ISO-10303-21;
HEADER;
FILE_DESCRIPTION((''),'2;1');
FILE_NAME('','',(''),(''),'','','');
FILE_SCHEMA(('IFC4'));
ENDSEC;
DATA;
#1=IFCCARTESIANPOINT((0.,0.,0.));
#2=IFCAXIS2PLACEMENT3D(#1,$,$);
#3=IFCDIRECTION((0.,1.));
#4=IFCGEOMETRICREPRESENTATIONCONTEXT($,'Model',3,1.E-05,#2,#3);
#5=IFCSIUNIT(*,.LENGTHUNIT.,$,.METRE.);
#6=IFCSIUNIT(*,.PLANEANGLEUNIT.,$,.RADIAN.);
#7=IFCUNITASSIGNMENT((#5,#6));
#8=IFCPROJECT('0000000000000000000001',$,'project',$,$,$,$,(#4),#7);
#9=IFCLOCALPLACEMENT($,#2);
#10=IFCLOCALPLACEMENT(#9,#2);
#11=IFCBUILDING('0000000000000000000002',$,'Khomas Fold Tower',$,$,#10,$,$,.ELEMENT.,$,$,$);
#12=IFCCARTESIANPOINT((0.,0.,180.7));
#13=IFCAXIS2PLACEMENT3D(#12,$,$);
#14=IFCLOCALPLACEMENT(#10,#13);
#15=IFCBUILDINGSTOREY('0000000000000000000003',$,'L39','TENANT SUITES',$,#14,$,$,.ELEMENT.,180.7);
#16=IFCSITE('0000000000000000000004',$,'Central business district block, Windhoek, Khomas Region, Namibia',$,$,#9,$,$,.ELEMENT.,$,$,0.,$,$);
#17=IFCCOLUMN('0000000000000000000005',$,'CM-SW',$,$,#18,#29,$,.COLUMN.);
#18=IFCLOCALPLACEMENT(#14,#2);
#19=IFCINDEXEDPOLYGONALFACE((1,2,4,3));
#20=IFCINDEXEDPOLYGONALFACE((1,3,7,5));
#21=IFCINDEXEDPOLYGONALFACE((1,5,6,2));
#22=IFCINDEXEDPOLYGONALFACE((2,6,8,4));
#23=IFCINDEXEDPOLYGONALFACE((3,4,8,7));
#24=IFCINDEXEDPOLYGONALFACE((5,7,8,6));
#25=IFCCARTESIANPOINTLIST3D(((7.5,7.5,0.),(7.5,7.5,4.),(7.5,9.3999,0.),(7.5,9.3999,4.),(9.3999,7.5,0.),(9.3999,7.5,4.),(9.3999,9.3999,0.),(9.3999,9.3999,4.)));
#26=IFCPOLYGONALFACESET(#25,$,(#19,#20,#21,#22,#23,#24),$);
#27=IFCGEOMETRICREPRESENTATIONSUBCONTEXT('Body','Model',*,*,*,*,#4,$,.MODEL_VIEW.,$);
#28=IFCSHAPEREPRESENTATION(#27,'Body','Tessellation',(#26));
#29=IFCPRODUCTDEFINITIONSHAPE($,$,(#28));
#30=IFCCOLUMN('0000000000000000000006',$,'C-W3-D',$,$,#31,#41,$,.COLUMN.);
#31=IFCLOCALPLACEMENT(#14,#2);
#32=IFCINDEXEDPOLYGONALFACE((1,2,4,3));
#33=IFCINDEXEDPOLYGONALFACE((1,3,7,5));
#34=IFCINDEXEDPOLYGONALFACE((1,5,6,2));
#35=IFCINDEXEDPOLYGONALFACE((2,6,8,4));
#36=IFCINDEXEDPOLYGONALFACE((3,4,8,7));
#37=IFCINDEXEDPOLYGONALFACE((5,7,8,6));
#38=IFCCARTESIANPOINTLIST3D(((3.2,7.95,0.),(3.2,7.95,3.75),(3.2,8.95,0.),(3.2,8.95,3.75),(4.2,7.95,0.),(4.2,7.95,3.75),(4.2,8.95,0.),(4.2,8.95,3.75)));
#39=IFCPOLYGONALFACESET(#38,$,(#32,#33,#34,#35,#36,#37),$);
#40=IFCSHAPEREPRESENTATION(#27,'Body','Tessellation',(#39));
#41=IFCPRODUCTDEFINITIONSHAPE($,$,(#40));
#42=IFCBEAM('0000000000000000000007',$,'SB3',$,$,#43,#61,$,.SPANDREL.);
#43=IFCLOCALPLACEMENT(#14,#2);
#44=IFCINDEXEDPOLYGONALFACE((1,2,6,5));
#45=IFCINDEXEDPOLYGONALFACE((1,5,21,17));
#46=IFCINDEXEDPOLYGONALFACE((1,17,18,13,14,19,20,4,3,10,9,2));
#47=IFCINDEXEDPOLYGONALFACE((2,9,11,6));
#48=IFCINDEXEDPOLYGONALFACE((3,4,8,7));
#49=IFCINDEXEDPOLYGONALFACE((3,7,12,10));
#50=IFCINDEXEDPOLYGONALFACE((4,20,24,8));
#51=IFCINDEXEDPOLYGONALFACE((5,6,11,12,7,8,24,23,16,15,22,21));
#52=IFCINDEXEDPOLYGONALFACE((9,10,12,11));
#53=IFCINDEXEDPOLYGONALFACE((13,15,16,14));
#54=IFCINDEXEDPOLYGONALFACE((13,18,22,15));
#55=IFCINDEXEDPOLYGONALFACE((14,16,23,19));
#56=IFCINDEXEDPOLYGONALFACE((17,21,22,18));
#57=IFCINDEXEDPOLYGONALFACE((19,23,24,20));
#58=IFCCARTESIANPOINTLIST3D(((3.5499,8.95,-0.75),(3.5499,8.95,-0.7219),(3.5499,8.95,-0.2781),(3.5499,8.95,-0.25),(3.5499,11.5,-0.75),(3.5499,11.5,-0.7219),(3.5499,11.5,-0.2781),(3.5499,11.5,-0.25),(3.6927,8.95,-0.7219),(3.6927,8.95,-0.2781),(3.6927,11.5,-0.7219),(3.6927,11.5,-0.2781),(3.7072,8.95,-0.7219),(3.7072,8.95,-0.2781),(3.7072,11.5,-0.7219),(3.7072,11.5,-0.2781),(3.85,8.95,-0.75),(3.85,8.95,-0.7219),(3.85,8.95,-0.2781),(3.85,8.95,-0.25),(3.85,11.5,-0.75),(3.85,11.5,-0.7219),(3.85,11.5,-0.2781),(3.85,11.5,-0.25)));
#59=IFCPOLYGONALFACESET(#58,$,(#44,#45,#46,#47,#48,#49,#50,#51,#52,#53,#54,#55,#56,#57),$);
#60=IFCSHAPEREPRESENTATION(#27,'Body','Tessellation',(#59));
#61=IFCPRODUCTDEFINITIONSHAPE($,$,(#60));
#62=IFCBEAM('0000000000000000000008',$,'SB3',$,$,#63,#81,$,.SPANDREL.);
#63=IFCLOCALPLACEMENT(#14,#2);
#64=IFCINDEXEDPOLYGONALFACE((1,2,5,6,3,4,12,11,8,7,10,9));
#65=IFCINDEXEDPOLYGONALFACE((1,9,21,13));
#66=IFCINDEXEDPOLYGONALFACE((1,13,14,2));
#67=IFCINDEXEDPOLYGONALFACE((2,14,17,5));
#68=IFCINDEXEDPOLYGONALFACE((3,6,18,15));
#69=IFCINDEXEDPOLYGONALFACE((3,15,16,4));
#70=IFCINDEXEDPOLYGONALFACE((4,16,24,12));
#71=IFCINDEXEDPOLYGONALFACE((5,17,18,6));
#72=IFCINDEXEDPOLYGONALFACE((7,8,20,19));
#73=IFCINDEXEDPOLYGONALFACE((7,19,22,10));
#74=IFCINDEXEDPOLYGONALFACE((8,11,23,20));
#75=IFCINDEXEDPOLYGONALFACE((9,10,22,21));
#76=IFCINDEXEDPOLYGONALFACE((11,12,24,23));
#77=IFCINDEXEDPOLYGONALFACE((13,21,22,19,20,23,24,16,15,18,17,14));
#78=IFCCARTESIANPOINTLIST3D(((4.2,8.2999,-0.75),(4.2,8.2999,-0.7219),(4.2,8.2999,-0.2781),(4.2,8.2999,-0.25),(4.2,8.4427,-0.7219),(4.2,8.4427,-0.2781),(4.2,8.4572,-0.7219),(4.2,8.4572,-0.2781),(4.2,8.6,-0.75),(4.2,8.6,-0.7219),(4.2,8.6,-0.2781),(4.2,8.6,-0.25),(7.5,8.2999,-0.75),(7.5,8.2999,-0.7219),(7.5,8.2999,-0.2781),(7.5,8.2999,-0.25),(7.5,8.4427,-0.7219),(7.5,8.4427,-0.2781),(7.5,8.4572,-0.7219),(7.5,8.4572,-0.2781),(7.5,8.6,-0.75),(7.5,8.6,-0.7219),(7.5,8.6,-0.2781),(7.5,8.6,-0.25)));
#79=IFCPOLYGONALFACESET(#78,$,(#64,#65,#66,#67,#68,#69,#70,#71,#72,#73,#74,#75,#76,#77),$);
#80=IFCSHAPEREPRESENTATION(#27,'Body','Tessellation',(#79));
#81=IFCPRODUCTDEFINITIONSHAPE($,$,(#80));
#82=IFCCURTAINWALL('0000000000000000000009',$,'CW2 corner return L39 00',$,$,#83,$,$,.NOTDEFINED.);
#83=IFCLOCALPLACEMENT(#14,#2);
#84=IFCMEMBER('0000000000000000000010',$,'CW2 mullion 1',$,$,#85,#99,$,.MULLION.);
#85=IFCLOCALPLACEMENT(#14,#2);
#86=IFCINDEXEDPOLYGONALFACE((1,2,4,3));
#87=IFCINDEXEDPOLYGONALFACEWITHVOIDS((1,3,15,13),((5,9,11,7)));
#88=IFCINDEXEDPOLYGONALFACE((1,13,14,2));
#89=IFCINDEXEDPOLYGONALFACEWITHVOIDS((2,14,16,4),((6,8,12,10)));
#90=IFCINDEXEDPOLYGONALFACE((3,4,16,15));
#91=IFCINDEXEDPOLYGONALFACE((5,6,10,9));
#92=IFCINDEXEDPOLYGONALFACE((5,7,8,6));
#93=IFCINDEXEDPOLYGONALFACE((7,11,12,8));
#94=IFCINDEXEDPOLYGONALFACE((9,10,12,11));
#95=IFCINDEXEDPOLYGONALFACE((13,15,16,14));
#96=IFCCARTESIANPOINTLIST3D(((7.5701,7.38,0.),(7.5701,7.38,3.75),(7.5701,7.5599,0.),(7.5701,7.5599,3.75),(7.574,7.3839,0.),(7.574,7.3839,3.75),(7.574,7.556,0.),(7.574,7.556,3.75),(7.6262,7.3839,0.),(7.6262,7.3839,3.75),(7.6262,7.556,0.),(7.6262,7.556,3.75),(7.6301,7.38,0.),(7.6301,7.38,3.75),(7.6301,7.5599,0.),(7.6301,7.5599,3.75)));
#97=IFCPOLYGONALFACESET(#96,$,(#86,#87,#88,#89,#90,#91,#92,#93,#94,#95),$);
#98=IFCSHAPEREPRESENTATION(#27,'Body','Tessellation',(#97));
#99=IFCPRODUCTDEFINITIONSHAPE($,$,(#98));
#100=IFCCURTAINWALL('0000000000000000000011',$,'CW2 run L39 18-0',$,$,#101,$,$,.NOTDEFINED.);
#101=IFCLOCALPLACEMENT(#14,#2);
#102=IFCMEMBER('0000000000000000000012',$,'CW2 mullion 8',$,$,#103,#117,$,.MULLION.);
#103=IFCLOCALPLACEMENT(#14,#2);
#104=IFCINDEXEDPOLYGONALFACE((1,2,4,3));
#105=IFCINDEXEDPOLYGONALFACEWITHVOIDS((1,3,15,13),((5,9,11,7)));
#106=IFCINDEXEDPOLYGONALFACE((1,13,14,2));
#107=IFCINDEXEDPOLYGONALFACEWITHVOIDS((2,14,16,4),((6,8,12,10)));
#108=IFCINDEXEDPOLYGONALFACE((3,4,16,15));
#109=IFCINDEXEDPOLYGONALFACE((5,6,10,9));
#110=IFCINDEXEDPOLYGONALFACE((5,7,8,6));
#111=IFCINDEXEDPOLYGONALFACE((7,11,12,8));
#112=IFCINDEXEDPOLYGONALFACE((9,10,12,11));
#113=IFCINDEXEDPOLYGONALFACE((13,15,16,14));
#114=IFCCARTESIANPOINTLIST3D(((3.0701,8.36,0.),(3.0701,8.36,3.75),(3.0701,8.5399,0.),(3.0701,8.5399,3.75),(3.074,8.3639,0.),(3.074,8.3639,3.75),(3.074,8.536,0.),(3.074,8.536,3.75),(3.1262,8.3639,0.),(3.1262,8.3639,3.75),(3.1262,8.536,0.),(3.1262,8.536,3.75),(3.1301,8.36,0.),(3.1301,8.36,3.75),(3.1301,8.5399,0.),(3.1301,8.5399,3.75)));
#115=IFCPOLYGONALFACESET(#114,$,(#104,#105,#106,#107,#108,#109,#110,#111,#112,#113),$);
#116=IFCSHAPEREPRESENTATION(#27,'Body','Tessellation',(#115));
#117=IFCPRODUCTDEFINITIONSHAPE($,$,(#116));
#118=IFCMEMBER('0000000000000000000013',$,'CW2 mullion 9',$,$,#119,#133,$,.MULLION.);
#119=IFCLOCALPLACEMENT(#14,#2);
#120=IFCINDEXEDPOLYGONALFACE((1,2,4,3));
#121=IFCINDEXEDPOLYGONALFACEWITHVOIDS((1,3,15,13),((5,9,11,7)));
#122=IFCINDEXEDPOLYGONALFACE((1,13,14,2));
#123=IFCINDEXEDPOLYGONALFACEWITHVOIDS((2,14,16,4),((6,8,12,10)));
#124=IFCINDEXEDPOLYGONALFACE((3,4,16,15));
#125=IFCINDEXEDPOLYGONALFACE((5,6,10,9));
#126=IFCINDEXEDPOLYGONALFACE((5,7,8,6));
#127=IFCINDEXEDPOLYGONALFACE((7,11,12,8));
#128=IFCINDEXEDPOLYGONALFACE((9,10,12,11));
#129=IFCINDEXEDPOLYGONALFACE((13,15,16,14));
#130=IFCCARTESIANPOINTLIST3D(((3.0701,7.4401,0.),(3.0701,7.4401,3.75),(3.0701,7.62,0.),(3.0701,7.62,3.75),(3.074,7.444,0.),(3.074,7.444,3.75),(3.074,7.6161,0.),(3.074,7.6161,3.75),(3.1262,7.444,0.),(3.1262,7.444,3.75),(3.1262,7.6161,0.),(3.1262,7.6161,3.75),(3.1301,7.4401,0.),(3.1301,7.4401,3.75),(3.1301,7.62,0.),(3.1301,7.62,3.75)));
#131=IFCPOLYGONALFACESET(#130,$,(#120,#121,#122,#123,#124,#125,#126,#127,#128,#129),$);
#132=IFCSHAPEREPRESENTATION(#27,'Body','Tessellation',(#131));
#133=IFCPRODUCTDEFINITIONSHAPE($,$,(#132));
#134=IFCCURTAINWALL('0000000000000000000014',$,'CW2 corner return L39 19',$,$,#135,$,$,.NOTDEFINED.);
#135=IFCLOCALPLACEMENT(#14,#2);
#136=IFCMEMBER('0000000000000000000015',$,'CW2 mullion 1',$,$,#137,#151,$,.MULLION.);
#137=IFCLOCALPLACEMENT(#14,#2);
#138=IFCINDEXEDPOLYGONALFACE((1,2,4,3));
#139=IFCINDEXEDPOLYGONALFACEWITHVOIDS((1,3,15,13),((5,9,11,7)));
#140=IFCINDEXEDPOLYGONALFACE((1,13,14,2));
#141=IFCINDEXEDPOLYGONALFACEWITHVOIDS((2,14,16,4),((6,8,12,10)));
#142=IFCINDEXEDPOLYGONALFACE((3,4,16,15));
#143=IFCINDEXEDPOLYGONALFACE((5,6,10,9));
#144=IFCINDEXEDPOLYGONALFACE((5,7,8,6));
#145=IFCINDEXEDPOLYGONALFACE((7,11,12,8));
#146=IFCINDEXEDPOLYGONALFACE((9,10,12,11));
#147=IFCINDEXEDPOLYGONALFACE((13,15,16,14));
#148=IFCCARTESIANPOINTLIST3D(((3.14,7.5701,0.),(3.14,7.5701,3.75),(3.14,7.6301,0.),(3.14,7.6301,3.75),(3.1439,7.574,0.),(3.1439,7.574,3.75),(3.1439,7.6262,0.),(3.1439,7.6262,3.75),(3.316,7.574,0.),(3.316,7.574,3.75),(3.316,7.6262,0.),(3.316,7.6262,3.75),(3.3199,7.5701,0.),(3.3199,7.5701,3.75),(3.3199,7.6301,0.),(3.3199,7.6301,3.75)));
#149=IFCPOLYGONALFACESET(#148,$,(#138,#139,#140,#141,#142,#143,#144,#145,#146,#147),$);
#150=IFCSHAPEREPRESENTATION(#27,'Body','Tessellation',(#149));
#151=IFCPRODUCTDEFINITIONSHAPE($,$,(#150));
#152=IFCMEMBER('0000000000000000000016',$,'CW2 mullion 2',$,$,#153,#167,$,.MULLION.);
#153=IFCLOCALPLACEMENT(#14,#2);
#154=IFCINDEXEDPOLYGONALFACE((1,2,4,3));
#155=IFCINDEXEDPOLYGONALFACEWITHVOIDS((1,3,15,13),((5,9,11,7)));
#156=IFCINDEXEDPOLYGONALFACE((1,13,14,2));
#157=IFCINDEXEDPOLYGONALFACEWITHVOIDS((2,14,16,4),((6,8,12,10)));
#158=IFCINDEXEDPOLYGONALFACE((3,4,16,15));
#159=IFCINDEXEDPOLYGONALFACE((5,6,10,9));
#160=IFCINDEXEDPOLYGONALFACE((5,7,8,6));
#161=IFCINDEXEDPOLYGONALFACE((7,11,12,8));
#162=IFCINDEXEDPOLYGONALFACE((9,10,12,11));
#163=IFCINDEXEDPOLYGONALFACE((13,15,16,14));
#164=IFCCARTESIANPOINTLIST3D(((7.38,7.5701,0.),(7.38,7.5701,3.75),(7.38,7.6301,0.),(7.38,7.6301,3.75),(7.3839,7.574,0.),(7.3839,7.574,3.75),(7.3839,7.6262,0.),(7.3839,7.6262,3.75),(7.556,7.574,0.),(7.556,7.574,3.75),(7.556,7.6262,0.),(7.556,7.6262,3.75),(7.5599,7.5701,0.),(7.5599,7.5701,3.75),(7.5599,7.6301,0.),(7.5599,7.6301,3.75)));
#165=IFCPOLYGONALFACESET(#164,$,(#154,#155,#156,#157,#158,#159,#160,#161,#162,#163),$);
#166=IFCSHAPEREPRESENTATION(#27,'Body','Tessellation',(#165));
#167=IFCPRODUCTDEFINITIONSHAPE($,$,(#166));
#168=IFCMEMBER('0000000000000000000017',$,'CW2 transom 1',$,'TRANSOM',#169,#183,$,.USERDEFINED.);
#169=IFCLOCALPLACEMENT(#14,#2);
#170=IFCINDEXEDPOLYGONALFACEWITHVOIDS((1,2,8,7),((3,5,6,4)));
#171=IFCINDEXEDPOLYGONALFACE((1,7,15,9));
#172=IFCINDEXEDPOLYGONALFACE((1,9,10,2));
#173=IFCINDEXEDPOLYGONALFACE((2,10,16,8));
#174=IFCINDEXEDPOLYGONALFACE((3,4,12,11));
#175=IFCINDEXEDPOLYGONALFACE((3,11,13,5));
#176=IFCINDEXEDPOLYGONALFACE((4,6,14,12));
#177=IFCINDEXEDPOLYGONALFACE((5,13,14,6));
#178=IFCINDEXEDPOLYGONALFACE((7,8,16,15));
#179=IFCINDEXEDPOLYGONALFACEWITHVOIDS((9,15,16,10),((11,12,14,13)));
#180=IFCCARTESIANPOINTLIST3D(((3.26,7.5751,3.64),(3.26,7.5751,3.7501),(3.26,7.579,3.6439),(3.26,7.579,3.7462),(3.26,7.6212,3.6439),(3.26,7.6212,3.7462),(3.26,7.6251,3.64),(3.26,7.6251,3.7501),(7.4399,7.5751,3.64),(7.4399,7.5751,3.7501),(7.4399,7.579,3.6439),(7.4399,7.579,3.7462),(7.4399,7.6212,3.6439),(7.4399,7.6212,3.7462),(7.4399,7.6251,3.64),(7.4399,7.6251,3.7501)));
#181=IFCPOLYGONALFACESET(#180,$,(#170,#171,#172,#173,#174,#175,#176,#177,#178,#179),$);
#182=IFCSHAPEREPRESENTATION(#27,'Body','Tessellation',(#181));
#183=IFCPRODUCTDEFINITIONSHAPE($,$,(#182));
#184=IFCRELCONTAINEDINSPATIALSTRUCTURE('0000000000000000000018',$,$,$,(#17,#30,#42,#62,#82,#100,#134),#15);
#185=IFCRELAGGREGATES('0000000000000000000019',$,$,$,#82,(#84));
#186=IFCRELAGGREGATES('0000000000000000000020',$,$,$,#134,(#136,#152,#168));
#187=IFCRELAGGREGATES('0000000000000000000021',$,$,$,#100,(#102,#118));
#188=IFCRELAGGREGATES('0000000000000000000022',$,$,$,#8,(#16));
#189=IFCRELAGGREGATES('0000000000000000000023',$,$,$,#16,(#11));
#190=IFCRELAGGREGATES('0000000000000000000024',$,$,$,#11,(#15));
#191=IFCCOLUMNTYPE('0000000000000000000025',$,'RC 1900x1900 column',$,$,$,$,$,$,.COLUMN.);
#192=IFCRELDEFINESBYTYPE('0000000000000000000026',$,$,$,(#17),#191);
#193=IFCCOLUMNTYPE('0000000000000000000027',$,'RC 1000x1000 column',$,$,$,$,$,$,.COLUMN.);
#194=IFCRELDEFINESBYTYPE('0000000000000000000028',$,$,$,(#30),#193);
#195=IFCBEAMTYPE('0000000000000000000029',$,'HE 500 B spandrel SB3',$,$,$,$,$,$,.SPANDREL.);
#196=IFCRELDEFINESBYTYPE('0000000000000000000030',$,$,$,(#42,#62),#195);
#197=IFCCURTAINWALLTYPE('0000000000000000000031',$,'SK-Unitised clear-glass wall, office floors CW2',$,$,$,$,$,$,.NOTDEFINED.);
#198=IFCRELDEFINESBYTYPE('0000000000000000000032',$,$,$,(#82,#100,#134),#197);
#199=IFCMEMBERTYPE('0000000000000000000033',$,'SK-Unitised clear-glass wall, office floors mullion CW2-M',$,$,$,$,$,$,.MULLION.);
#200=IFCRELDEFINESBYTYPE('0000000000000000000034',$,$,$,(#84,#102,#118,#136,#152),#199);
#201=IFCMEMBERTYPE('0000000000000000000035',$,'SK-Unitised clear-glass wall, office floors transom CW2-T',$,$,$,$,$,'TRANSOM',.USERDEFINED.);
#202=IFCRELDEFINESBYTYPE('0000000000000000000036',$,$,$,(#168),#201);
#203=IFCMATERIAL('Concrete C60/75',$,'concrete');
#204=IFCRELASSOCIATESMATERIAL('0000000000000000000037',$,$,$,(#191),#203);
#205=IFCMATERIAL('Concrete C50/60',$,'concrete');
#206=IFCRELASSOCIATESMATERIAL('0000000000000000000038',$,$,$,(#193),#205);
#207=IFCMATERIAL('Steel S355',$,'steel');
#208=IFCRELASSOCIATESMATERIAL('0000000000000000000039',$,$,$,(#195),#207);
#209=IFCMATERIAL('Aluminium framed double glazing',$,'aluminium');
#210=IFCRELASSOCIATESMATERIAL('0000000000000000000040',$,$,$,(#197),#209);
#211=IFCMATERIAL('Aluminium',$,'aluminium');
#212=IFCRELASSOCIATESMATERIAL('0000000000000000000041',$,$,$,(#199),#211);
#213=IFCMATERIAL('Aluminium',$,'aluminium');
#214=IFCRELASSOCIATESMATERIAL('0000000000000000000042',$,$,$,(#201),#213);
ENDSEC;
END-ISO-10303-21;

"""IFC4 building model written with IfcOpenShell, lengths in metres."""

from ifc_helpers import new_model, si_unit, direction, frame, origin, origin_2d, place, context, subcontext, project, spatial, rectangle, hollow_rectangle, i_section, extrude, source, transform, mapped, material, material_profile, profile_set, type_object, element, aggregate, save


model = new_model("IFC4")

# Units and contexts
model_context = context("Model", 3, precision=1e-05, world=origin(), true_north=direction((0.0, 1.0)))
body_context = subcontext(model_context, "Body", "Model", "MODEL_VIEW")
ifc_project = project(units=[si_unit("LENGTHUNIT", "METRE"), si_unit("PLANEANGLEUNIT", "RADIAN")], contexts=[model_context])

# Site, building, storey
site_placement = place(None, origin())
site = spatial("IfcSite", under=ifc_project, at=site_placement, Name="Central business district block, Windhoek, Khomas Region, Namibia", CompositionType="ELEMENT", RefElevation=0.0)
building_placement = place(site_placement, origin())
building = spatial("IfcBuilding", under=site, at=building_placement, Name="Khomas Fold Tower", CompositionType="ELEMENT")
storey_placement = place(building_placement, frame((0.0, 0.0, 180.7)))
storey = spatial("IfcBuildingStorey", under=building, at=storey_placement, Name="L39", Description="TENANT SUITES", CompositionType="ELEMENT", Elevation=180.7)

# Columns
ifc_material_1 = material(Name="Concrete C60/75", Category="concrete")
ifc_material_profile_1 = material_profile(ifc_material_1, rectangle(XDim=1.8999, YDim=1.8999, at=origin_2d()), Name="RC 1900x1900")
ifc_profile_set_1 = profile_set([ifc_material_profile_1], Name="Concrete C60/75")
column_type_1 = type_object("IfcColumnType", Name="RC 1900x1900 column", PredefinedType="COLUMN", material=ifc_profile_set_1)
shared_shape_1 = source(origin(), body_context, "Body", "SweptSolid", [
    extrude(rectangle(XDim=1.8999, YDim=1.8999, at=origin_2d()), origin(), (0.0, 0.0, 1.0), 4.0),
])
column_1_placement = place(storey_placement, frame((8.45, 8.45, 0.0), z_axis=(0.0, 0.0, 1.0), x_axis=(1.0, 0.0, 0.0)))
element("IfcColumn", 1, at=column_1_placement, inside=storey, type_object=column_type_1, Name="CM-SW", PredefinedType="COLUMN", context=body_context, shape_type="MappedRepresentation", body=[
    mapped(shared_shape_1, transform((0.0, 0.0, 0.0))),
])
ifc_material_2 = material(Name="Concrete C50/60", Category="concrete")
ifc_material_profile_2 = material_profile(ifc_material_2, rectangle(XDim=1.0, YDim=1.0, at=origin_2d()), Name="RC 1000x1000")
ifc_profile_set_2 = profile_set([ifc_material_profile_2], Name="Concrete C50/60")
column_type_2 = type_object("IfcColumnType", Name="RC 1000x1000 column", PredefinedType="COLUMN", material=ifc_profile_set_2)
shared_shape_2 = source(origin(), body_context, "Body", "SweptSolid", [
    extrude(rectangle(XDim=1.0, YDim=1.0, at=origin_2d()), origin(), (0.0, 0.0, 1.0), 3.75),
])
column_2_placement = place(storey_placement, frame((3.7, 8.45, 0.0), z_axis=(0.0, 0.0, 1.0), x_axis=(1.0, 0.0, 0.0)))
element("IfcColumn", 2, at=column_2_placement, inside=storey, type_object=column_type_2, Name="C-W3-D", PredefinedType="COLUMN", context=body_context, shape_type="MappedRepresentation", body=[
    mapped(shared_shape_2, transform((0.0, 0.0, 0.0))),
])

# Beams
ifc_material_3 = material(Name="Steel S355", Category="steel")
ifc_material_profile_3 = material_profile(ifc_material_3, i_section(OverallWidth=0.3, OverallDepth=0.5, WebThickness=0.0144, FlangeThickness=0.0281, at=origin_2d()), Name="HE 500 B")
ifc_profile_set_3 = profile_set([ifc_material_profile_3], Name="Steel S355")
beam_type = type_object("IfcBeamType", Name="HE 500 B spandrel SB3", PredefinedType="SPANDREL", material=ifc_profile_set_3)
shared_shape_3 = source(origin(), body_context, "Body", "SweptSolid", [
    extrude(i_section(OverallWidth=0.3, OverallDepth=0.5, WebThickness=0.0144, FlangeThickness=0.0281, at=origin_2d()), origin(), (0.0, 0.0, 1.0), 2.55),
])
beam_1_placement = place(storey_placement, frame((3.7, 8.95, -0.5), z_axis=(0.0, 1.0, 0.0), x_axis=(-1.0, 0.0, 0.0)))
element("IfcBeam", 3, at=beam_1_placement, inside=storey, type_object=beam_type, Name="SB3", PredefinedType="SPANDREL", context=body_context, shape_type="MappedRepresentation", body=[
    mapped(shared_shape_3, transform((0.0, 0.0, 0.0))),
])
shared_shape_4 = source(origin(), body_context, "Body", "SweptSolid", [
    extrude(i_section(OverallWidth=0.3, OverallDepth=0.5, WebThickness=0.0144, FlangeThickness=0.0281, at=origin_2d()), origin(), (0.0, 0.0, 1.0), 3.3),
])
beam_2_placement = place(storey_placement, frame((4.2, 8.45, -0.5), z_axis=(1.0, 0.0, 0.0), x_axis=(0.0, 1.0, 0.0)))
element("IfcBeam", 4, at=beam_2_placement, inside=storey, type_object=beam_type, Name="SB3", PredefinedType="SPANDREL", context=body_context, shape_type="MappedRepresentation", body=[
    mapped(shared_shape_4, transform((0.0, 0.0, 0.0))),
])

# Curtain wall, member
ifc_material_4 = material(Name="Aluminium framed double glazing", Category="aluminium")
curtain_wall_type = type_object("IfcCurtainWallType", Name="SK-Unitised clear-glass wall, office floors CW2", PredefinedType="NOTDEFINED", material=ifc_material_4)
curtain_wall_1_placement = place(storey_placement, origin())
curtain_wall_1 = element("IfcCurtainWall", 5, at=curtain_wall_1_placement, inside=storey, type_object=curtain_wall_type, Name="CW2 corner return L39 00", PredefinedType="NOTDEFINED")
ifc_material_5 = material(Name="Aluminium", Category="aluminium")
ifc_material_profile_4 = material_profile(ifc_material_5, hollow_rectangle(XDim=0.0601, YDim=0.1799, WallThickness=0.0039, at=origin_2d()), Name="SK-Unitised clear-glass wall, office floors mullion CW2-M")
ifc_profile_set_4 = profile_set([ifc_material_profile_4], Name="Aluminium")
member_type_1 = type_object("IfcMemberType", Name="SK-Unitised clear-glass wall, office floors mullion CW2-M", PredefinedType="MULLION", material=ifc_profile_set_4)
shared_shape_5 = source(origin(), body_context, "Body", "SweptSolid", [
    extrude(hollow_rectangle(XDim=0.0601, YDim=0.1799, WallThickness=0.0039, at=origin_2d()), origin(), (0.0, 0.0, 1.0), 3.75),
])
member_1_placement = place(storey_placement, frame((7.6001, 7.47, 0.0), z_axis=(0.0, 0.0, 1.0), x_axis=(1.0, 0.0, 0.0)))
member_1 = element("IfcMember", 6, at=member_1_placement, type_object=member_type_1, Name="CW2 mullion 1", PredefinedType="MULLION", context=body_context, shape_type="MappedRepresentation", body=[
    mapped(shared_shape_5, transform((0.0, 0.0, 0.0))),
])
aggregate(curtain_wall_1, [member_1])

# Curtain walls, members
curtain_wall_2_placement = place(storey_placement, origin())
curtain_wall_2 = element("IfcCurtainWall", 7, at=curtain_wall_2_placement, inside=storey, type_object=curtain_wall_type, Name="CW2 run L39 18-0", PredefinedType="NOTDEFINED")
member_2_placement = place(storey_placement, frame((3.1001, 8.45, 0.0), z_axis=(0.0, 0.0, 1.0), x_axis=(1.0, 0.0, 0.0)))
member_2 = element("IfcMember", 8, at=member_2_placement, type_object=member_type_1, Name="CW2 mullion 8", PredefinedType="MULLION", context=body_context, shape_type="MappedRepresentation", body=[
    mapped(shared_shape_5, transform((0.0, 0.0, 0.0))),
])
member_3_placement = place(storey_placement, frame((3.1001, 7.53, 0.0), z_axis=(0.0, 0.0, 1.0), x_axis=(1.0, 0.0, 0.0)))
member_3 = element("IfcMember", 9, at=member_3_placement, type_object=member_type_1, Name="CW2 mullion 9", PredefinedType="MULLION", context=body_context, shape_type="MappedRepresentation", body=[
    mapped(shared_shape_5, transform((0.0, 0.0, 0.0))),
])
curtain_wall_3_placement = place(storey_placement, origin())
curtain_wall_3 = element("IfcCurtainWall", 10, at=curtain_wall_3_placement, inside=storey, type_object=curtain_wall_type, Name="CW2 corner return L39 19", PredefinedType="NOTDEFINED")
member_4_placement = place(storey_placement, frame((3.23, 7.6001, 0.0), z_axis=(0.0, 0.0, 1.0), x_axis=(0.0, 1.0, 0.0)))
member_4 = element("IfcMember", 11, at=member_4_placement, type_object=member_type_1, Name="CW2 mullion 1", PredefinedType="MULLION", context=body_context, shape_type="MappedRepresentation", body=[
    mapped(shared_shape_5, transform((0.0, 0.0, 0.0))),
])
member_5_placement = place(storey_placement, frame((7.47, 7.6001, 0.0), z_axis=(0.0, 0.0, 1.0), x_axis=(0.0, 1.0, 0.0)))
member_5 = element("IfcMember", 12, at=member_5_placement, type_object=member_type_1, Name="CW2 mullion 2", PredefinedType="MULLION", context=body_context, shape_type="MappedRepresentation", body=[
    mapped(shared_shape_5, transform((0.0, 0.0, 0.0))),
])
ifc_material_6 = material(Name="Aluminium", Category="aluminium")
ifc_material_profile_5 = material_profile(ifc_material_6, hollow_rectangle(XDim=0.05, YDim=0.1101, WallThickness=0.0039, at=origin_2d()), Name="SK-Unitised clear-glass wall, office floors transom CW2-T")
ifc_profile_set_5 = profile_set([ifc_material_profile_5], Name="Aluminium")
member_type_2 = type_object("IfcMemberType", Name="SK-Unitised clear-glass wall, office floors transom CW2-T", ElementType="TRANSOM", PredefinedType="USERDEFINED", material=ifc_profile_set_5)
shared_shape_6 = source(origin(), body_context, "Body", "SweptSolid", [
    extrude(hollow_rectangle(XDim=0.05, YDim=0.1101, WallThickness=0.0039, at=origin_2d()), origin(), (0.0, 0.0, 1.0), 4.1799),
])
member_6_placement = place(storey_placement, frame((3.26, 7.6001, 3.6951), z_axis=(1.0, 0.0, 0.0), x_axis=(0.0, 1.0, 0.0)))
member_6 = element("IfcMember", 13, at=member_6_placement, type_object=member_type_2, Name="CW2 transom 1", ObjectType="TRANSOM", PredefinedType="USERDEFINED", context=body_context, shape_type="MappedRepresentation", body=[
    mapped(shared_shape_6, transform((0.0, 0.0, 0.0))),
])

aggregate(curtain_wall_3, [member_4, member_5, member_6])
aggregate(curtain_wall_2, [member_2, member_3])

save(model, "model.ifc")
